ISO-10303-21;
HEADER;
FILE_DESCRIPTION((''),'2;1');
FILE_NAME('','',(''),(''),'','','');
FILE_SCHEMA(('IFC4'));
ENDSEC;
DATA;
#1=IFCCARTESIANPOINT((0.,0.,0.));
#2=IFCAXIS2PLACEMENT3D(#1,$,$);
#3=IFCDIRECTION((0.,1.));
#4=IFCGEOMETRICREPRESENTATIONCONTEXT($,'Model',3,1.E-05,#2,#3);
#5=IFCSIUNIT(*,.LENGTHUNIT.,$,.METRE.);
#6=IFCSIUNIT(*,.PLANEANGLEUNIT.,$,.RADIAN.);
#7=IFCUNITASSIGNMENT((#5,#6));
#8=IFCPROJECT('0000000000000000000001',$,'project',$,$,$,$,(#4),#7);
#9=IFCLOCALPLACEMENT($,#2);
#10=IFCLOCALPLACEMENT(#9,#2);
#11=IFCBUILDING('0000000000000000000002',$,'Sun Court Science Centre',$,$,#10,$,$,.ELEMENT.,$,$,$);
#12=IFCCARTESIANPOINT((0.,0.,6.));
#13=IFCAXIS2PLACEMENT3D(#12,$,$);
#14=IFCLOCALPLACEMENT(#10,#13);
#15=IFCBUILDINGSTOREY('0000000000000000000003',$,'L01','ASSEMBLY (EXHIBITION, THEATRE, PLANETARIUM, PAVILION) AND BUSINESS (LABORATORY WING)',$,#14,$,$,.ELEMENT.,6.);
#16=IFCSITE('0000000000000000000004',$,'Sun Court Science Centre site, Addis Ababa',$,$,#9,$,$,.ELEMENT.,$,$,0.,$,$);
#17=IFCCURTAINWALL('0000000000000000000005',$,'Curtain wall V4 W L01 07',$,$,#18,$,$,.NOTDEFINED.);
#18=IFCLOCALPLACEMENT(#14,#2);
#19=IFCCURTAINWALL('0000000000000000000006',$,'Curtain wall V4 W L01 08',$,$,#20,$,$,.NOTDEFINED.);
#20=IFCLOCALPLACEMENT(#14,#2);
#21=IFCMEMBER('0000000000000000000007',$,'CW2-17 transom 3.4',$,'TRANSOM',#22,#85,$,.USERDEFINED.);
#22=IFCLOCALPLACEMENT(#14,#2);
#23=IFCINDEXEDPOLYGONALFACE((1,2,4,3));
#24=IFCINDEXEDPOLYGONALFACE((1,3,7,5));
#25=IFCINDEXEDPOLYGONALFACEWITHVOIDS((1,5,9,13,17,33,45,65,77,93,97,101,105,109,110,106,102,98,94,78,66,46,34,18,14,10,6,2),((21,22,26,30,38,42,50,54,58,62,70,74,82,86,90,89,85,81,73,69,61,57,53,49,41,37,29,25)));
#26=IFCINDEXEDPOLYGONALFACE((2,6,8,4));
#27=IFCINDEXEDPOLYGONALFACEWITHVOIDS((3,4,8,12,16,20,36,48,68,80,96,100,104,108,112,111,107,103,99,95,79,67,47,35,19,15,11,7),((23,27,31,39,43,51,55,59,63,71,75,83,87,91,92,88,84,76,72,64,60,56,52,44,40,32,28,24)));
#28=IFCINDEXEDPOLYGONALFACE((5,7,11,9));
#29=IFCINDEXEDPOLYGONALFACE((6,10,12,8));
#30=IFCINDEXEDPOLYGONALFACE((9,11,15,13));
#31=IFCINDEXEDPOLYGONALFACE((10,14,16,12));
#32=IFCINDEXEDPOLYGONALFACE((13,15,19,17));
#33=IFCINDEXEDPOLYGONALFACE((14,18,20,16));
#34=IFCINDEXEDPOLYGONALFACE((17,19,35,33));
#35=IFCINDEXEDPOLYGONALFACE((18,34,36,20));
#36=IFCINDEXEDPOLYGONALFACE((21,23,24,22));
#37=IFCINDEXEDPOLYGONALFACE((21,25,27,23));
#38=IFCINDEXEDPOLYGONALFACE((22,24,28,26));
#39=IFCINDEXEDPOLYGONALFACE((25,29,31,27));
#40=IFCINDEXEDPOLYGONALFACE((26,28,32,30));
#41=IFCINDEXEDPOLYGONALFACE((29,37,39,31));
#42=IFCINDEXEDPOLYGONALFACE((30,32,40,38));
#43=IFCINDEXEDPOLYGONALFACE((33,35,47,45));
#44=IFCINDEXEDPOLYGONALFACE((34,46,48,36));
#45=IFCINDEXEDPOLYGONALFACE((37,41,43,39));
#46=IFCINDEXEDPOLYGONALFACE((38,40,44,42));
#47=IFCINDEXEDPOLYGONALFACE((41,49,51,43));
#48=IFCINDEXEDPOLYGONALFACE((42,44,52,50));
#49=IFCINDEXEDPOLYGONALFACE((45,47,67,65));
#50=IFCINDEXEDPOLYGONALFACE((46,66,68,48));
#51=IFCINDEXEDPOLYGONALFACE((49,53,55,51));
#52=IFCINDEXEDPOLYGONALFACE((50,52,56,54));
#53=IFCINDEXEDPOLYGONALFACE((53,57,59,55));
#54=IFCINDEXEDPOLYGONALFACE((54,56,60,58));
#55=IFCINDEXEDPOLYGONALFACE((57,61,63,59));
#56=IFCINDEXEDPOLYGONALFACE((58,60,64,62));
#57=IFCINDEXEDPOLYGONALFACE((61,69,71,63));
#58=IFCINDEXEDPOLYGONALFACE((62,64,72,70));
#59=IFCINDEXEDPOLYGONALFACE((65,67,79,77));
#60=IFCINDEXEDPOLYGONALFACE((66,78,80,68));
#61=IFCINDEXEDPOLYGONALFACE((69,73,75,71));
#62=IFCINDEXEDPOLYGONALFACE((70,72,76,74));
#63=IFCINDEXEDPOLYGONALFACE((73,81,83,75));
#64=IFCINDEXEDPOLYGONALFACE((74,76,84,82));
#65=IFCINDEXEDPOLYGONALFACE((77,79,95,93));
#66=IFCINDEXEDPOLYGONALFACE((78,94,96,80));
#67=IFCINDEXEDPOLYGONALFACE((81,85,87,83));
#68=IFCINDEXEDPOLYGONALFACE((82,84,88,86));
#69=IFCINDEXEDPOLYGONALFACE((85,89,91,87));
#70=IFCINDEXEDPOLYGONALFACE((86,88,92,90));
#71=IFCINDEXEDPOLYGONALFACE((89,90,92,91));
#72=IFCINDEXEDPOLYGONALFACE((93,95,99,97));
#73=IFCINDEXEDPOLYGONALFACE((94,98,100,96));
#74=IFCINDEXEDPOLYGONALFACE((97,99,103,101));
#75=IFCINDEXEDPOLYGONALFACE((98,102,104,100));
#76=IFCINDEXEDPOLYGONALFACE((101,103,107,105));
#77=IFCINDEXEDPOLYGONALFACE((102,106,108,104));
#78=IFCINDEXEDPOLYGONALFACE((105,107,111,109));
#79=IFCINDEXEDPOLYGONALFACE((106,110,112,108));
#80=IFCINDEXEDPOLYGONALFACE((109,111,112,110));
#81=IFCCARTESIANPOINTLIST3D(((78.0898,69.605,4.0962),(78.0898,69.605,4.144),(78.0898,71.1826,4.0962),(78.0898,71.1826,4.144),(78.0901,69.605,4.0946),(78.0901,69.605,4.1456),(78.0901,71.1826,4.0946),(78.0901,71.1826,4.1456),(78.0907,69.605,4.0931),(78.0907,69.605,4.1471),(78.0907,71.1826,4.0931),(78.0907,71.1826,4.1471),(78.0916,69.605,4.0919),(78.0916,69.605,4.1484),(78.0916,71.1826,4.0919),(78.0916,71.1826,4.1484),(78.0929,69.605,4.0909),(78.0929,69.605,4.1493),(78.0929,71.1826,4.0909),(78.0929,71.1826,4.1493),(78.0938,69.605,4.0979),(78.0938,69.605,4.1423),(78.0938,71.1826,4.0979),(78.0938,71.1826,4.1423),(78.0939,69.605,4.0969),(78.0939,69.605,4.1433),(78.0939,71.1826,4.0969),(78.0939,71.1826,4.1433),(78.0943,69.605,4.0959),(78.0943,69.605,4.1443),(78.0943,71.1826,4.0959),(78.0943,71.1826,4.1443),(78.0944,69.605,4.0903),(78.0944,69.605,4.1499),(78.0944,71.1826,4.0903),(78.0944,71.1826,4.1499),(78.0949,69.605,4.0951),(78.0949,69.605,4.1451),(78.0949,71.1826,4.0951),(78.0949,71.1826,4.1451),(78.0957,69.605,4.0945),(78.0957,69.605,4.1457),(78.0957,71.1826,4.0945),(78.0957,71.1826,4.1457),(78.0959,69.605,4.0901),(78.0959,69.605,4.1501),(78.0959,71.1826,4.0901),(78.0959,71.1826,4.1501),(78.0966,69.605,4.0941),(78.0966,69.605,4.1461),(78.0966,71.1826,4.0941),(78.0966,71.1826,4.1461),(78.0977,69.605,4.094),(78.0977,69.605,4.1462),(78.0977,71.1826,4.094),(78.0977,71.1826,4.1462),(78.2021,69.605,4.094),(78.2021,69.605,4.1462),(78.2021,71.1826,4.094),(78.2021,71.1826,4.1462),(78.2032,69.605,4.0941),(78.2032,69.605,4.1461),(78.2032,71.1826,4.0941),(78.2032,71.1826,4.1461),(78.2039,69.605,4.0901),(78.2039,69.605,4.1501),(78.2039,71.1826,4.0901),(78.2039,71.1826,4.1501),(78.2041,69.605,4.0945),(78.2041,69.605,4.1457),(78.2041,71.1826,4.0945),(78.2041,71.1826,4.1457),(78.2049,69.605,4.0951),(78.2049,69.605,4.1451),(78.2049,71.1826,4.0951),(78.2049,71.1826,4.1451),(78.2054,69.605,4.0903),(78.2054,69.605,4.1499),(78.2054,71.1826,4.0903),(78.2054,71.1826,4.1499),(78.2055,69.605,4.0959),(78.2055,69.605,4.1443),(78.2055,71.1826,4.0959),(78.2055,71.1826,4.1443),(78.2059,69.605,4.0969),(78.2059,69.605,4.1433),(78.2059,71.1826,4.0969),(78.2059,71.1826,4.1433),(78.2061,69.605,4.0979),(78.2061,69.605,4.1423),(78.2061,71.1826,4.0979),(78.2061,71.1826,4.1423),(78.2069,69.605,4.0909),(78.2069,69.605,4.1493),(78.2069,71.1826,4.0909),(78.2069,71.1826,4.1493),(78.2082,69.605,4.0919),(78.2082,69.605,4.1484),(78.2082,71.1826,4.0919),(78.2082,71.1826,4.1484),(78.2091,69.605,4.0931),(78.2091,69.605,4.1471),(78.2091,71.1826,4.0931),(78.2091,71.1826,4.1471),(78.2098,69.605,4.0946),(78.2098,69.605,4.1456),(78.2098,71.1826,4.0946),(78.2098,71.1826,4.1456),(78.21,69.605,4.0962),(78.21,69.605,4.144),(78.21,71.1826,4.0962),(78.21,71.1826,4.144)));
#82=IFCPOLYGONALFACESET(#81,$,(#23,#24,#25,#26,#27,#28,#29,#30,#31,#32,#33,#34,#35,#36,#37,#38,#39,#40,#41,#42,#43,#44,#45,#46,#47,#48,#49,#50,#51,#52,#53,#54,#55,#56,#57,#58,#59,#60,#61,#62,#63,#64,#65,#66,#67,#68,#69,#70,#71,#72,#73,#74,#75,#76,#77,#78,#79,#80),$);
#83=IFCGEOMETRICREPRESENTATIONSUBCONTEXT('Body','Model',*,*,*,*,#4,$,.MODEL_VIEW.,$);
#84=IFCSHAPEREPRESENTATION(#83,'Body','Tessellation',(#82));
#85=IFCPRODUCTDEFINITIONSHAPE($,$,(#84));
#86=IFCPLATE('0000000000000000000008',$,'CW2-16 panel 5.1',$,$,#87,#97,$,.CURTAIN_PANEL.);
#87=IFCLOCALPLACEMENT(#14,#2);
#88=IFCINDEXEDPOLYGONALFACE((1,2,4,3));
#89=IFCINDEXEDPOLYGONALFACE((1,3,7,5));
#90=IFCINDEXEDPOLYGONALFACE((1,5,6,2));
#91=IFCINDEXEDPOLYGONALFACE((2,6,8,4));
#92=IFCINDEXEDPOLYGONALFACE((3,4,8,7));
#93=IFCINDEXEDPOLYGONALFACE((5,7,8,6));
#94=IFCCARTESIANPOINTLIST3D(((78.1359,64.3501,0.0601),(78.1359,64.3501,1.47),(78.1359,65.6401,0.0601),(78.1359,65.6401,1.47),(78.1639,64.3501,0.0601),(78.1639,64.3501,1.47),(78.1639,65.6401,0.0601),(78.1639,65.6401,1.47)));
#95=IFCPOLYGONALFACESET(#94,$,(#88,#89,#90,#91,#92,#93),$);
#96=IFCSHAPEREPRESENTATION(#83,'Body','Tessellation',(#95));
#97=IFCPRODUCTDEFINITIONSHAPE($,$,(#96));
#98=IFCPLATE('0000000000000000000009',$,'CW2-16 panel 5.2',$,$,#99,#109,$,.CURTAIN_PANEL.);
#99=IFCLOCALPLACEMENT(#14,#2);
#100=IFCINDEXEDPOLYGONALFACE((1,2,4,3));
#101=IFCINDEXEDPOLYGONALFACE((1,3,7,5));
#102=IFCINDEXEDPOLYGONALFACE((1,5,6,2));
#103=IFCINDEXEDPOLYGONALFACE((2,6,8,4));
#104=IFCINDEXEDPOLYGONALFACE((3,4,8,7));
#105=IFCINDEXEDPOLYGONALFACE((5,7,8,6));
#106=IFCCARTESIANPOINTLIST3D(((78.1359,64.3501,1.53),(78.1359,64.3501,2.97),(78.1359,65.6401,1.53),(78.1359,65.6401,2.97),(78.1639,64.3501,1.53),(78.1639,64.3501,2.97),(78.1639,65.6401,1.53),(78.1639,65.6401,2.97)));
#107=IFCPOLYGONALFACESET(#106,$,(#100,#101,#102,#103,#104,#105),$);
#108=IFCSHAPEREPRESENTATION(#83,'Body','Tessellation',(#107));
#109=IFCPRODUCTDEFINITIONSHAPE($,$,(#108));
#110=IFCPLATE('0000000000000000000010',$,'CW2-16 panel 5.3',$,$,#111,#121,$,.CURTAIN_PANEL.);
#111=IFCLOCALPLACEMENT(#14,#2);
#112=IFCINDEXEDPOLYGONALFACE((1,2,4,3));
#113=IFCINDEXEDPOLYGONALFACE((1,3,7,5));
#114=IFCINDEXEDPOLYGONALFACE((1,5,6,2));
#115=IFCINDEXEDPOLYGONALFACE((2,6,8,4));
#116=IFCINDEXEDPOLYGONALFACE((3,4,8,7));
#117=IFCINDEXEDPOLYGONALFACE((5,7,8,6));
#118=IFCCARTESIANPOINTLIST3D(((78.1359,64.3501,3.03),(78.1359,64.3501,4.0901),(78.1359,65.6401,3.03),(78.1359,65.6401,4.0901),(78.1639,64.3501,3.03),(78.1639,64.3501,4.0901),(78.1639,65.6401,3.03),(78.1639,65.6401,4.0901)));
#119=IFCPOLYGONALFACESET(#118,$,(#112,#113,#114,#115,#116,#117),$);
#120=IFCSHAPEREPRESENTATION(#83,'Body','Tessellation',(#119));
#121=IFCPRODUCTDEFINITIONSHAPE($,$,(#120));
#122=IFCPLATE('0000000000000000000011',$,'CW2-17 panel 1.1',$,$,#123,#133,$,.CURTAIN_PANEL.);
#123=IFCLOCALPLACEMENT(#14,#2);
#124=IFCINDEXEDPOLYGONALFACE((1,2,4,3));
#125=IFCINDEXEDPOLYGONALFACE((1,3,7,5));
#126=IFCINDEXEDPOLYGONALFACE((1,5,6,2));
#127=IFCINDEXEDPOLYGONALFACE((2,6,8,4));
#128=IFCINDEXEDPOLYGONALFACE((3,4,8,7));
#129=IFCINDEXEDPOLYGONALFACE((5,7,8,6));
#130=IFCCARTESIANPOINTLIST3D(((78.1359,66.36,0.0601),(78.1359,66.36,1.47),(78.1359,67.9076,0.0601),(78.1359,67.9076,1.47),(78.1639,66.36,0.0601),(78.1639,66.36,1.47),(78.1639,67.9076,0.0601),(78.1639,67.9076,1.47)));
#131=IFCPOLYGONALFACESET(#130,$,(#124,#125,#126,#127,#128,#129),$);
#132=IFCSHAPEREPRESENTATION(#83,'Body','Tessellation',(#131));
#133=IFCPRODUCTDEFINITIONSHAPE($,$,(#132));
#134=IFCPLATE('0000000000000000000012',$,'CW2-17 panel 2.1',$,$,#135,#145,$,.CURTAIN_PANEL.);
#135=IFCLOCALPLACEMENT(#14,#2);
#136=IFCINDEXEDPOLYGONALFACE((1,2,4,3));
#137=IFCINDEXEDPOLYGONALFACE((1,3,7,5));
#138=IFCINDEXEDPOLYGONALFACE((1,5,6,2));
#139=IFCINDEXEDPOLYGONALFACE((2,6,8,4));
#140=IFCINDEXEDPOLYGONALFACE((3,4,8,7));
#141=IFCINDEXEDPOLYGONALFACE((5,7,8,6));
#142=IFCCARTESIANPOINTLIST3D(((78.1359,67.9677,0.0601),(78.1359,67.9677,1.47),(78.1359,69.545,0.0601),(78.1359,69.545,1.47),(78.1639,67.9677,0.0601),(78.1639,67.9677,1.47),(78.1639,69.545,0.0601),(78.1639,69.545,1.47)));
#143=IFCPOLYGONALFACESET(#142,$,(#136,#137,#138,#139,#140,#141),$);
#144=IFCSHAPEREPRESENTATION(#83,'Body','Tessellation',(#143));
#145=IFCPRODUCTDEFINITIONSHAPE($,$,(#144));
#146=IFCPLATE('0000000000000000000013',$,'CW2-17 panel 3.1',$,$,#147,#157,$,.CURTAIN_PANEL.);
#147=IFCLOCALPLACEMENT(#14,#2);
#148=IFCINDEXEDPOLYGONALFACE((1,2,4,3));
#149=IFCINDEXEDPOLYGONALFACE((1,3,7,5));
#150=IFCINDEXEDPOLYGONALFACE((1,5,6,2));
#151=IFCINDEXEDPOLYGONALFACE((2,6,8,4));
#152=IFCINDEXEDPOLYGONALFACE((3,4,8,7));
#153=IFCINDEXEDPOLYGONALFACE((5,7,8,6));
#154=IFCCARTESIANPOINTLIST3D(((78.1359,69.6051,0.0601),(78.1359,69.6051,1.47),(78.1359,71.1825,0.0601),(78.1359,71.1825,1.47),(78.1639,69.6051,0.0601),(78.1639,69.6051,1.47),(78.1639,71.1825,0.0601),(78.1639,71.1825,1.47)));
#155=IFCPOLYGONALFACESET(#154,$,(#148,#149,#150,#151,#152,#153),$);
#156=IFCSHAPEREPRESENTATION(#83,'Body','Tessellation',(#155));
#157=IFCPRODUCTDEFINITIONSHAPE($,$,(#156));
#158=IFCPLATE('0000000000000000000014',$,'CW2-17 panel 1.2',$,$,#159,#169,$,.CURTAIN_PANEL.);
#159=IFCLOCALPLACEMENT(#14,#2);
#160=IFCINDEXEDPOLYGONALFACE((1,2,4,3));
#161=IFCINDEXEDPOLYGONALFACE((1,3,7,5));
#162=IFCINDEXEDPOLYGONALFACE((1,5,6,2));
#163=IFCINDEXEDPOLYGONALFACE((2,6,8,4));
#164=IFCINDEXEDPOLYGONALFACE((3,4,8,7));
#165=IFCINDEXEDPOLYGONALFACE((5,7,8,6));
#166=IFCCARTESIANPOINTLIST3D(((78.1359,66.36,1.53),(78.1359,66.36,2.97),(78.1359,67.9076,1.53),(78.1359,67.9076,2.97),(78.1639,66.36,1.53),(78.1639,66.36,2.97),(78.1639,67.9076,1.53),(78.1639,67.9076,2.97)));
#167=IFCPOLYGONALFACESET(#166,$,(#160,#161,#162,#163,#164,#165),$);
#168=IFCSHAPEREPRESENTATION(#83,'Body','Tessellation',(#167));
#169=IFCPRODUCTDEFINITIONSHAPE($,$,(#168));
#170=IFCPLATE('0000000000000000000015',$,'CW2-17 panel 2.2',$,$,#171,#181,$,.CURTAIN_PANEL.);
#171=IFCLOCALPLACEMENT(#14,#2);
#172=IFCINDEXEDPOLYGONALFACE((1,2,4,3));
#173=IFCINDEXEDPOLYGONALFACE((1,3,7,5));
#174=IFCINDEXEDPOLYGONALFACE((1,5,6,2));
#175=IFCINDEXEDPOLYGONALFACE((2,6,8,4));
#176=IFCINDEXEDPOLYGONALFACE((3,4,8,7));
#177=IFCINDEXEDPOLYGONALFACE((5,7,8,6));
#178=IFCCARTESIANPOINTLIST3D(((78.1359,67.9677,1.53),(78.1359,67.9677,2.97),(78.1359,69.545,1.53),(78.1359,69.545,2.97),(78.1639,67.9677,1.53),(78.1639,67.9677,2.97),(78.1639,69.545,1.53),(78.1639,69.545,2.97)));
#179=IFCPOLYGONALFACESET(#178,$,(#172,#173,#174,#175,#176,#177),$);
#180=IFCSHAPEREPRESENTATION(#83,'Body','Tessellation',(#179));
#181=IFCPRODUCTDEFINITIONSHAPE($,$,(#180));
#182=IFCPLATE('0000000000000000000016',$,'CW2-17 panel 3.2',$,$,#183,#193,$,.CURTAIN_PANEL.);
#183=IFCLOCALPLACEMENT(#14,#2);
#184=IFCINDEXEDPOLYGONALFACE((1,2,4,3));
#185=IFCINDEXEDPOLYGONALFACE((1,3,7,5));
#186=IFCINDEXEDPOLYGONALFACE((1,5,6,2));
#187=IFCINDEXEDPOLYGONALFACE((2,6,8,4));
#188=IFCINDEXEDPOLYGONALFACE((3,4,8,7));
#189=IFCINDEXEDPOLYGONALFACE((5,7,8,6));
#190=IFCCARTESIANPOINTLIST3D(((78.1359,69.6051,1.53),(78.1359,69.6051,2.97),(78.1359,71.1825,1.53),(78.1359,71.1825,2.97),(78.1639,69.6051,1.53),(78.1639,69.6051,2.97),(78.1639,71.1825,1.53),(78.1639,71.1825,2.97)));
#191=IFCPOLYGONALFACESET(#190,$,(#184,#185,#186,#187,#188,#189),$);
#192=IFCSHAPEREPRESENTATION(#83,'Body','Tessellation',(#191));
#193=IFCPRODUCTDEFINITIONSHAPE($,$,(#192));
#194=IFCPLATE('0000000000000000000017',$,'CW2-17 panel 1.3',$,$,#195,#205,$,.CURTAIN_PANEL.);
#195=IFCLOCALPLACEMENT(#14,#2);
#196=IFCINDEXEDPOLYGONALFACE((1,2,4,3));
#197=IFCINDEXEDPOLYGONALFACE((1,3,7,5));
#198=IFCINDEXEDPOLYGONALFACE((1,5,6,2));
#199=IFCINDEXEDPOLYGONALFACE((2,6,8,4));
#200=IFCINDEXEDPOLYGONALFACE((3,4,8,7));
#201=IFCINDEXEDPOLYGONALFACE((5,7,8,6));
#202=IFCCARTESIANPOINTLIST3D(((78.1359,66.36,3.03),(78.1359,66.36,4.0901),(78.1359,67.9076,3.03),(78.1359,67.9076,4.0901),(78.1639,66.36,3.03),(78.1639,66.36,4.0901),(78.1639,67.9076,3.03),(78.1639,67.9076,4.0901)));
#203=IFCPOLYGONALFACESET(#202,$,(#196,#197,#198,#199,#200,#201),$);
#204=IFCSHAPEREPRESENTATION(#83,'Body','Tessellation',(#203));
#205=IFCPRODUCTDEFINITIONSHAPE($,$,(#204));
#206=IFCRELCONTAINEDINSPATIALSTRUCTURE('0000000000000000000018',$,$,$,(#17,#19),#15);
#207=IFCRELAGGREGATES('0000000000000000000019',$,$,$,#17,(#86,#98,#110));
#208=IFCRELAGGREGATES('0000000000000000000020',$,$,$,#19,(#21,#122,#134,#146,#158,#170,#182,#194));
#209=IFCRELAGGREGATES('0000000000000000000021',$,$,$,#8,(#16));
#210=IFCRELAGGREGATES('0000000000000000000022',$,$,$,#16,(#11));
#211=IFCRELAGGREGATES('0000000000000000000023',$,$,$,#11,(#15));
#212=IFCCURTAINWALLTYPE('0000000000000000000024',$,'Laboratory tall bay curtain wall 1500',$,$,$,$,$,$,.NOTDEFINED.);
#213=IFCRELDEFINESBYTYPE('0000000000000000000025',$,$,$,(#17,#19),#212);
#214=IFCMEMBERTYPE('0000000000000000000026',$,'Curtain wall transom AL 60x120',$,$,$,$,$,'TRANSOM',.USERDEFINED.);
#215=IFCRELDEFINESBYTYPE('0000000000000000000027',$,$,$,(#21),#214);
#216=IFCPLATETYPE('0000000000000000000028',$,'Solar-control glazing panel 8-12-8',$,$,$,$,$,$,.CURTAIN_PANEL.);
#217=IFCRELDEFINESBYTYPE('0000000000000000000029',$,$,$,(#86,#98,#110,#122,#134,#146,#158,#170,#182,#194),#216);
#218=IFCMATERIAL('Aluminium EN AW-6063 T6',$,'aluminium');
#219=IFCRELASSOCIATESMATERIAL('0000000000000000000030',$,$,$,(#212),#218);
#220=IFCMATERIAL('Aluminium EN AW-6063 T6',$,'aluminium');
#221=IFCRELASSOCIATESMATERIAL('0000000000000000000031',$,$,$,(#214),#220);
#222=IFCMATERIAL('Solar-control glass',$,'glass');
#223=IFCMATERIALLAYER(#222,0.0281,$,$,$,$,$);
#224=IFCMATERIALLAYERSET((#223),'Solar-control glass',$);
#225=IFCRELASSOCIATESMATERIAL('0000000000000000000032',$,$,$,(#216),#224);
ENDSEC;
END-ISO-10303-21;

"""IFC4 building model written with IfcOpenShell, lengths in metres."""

from ifc_helpers import new_model, si_unit, direction, frame, origin, origin_2d, place, context, subcontext, project, spatial, rectangle, hollow_rectangle, extrude, material, layer, layer_set, material_profile, profile_set, type_object, element, aggregate, save


model = new_model("IFC4")

# Units and contexts
model_context = context("Model", 3, precision=1e-05, world=origin(), true_north=direction((0.0, 1.0)))
body_context = subcontext(model_context, "Body", "Model", "MODEL_VIEW")
ifc_project = project(units=[si_unit("LENGTHUNIT", "METRE"), si_unit("PLANEANGLEUNIT", "RADIAN")], contexts=[model_context])

# Site, building, storey
site_placement = place(None, origin())
site = spatial("IfcSite", under=ifc_project, at=site_placement, Name="Sun Court Science Centre site, Addis Ababa", CompositionType="ELEMENT", RefElevation=0.0)
building_placement = place(site_placement, origin())
building = spatial("IfcBuilding", under=site, at=building_placement, Name="Sun Court Science Centre", CompositionType="ELEMENT")
storey_placement = place(building_placement, frame((0.0, 0.0, 6.0)))
storey = spatial("IfcBuildingStorey", under=building, at=storey_placement, Name="L01", Description="ASSEMBLY (EXHIBITION, THEATRE, PLANETARIUM, PAVILION) AND BUSINESS (LABORATORY WING)", CompositionType="ELEMENT", Elevation=6.0)

# Curtain wall
ifc_material_1 = material(Name="Aluminium EN AW-6063 T6", Category="aluminium")
curtain_wall_type = type_object("IfcCurtainWallType", Name="Laboratory tall bay curtain wall 1500", PredefinedType="NOTDEFINED", material=ifc_material_1)
curtain_wall_1_placement = place(storey_placement, origin())
curtain_wall_1 = element("IfcCurtainWall", 1, at=curtain_wall_1_placement, inside=storey, type_object=curtain_wall_type, Name="Curtain wall V4 W L01 07", PredefinedType="NOTDEFINED")

# Curtain wall
curtain_wall_2_placement = place(storey_placement, origin())
curtain_wall_2 = element("IfcCurtainWall", 2, at=curtain_wall_2_placement, inside=storey, type_object=curtain_wall_type, Name="Curtain wall V4 W L01 08", PredefinedType="NOTDEFINED")

# Member
ifc_material_2 = material(Name="Aluminium EN AW-6063 T6", Category="aluminium")
ifc_material_profile_1 = material_profile(ifc_material_2, hollow_rectangle(XDim=0.0601, YDim=0.1201, WallThickness=0.0039, InnerFilletRadius=0.0039, OuterFilletRadius=0.0061, at=origin_2d()), Name="AL 60x120x4")
ifc_profile_set_1 = profile_set([ifc_material_profile_1], Name="Aluminium EN AW-6063 T6")
member_type_1 = type_object("IfcMemberType", Name="Curtain wall transom AL 60x120", ElementType="TRANSOM", PredefinedType="USERDEFINED", material=ifc_profile_set_1)
member_1_placement = place(storey_placement, frame((78.1499, 69.605, 4.1201), z_axis=(0.0, 1.0, 0.0), x_axis=(0.0, 0.0, 1.0)))
member_1 = element("IfcMember", 3, at=member_1_placement, type_object=member_type_1, Name="CW2-17 transom 3.4", ObjectType="TRANSOM", PredefinedType="USERDEFINED", context=body_context, shape_type="SweptSolid", body=[
    extrude(hollow_rectangle(XDim=0.0601, YDim=0.1201, WallThickness=0.0039, InnerFilletRadius=0.0039, OuterFilletRadius=0.0061, at=origin_2d()), origin(), (0.0, 0.0, 1.0), 1.5776),
])

# Plates
ifc_material_3 = material(Name="Solar-control glass", Category="glass")
ifc_layer_1 = layer(ifc_material_3, 0.0281)
ifc_layer_set_1 = layer_set([ifc_layer_1], Name="Solar-control glass")
plate_type = type_object("IfcPlateType", Name="Solar-control glazing panel 8-12-8", PredefinedType="CURTAIN_PANEL", material=ifc_layer_set_1)
plate_1_placement = place(storey_placement, frame((78.1499, 64.9951, 0.0601), z_axis=(0.0, 0.0, 1.0), x_axis=(0.0, 1.0, 0.0)))
plate_1 = element("IfcPlate", 4, at=plate_1_placement, type_object=plate_type, Name="CW2-16 panel 5.1", PredefinedType="CURTAIN_PANEL", context=body_context, shape_type="SweptSolid", body=[
    extrude(rectangle(XDim=1.29, YDim=0.0281, at=origin_2d()), origin(), (0.0, 0.0, 1.0), 1.4099),
])
plate_2_placement = place(storey_placement, frame((78.1499, 64.9951, 1.53), z_axis=(0.0, 0.0, 1.0), x_axis=(0.0, 1.0, 0.0)))
plate_2 = element("IfcPlate", 5, at=plate_2_placement, type_object=plate_type, Name="CW2-16 panel 5.2", PredefinedType="CURTAIN_PANEL", context=body_context, shape_type="SweptSolid", body=[
    extrude(rectangle(XDim=1.29, YDim=0.0281, at=origin_2d()), origin(), (0.0, 0.0, 1.0), 1.4399),
])
plate_3_placement = place(storey_placement, frame((78.1499, 64.9951, 3.03), z_axis=(0.0, 0.0, 1.0), x_axis=(0.0, 1.0, 0.0)))
plate_3 = element("IfcPlate", 6, at=plate_3_placement, type_object=plate_type, Name="CW2-16 panel 5.3", PredefinedType="CURTAIN_PANEL", context=body_context, shape_type="SweptSolid", body=[
    extrude(rectangle(XDim=1.29, YDim=0.0281, at=origin_2d()), origin(), (0.0, 0.0, 1.0), 1.0601),
])
aggregate(curtain_wall_1, [plate_1, plate_2, plate_3])
plate_4_placement = place(storey_placement, frame((78.1499, 67.1338, 0.0601), z_axis=(0.0, 0.0, 1.0), x_axis=(0.0, 1.0, 0.0)))
plate_4 = element("IfcPlate", 7, at=plate_4_placement, type_object=plate_type, Name="CW2-17 panel 1.1", PredefinedType="CURTAIN_PANEL", context=body_context, shape_type="SweptSolid", body=[
    extrude(rectangle(XDim=1.5476, YDim=0.0281, at=origin_2d()), origin(), (0.0, 0.0, 1.0), 1.4099),
])
plate_5_placement = place(storey_placement, frame((78.1499, 68.7563, 0.0601), z_axis=(0.0, 0.0, 1.0), x_axis=(0.0, 1.0, 0.0)))
plate_5 = element("IfcPlate", 8, at=plate_5_placement, type_object=plate_type, Name="CW2-17 panel 2.1", PredefinedType="CURTAIN_PANEL", context=body_context, shape_type="SweptSolid", body=[
    extrude(rectangle(XDim=1.5774, YDim=0.0281, at=origin_2d()), origin(), (0.0, 0.0, 1.0), 1.4099),
])
plate_6_placement = place(storey_placement, frame((78.1499, 70.3938, 0.0601), z_axis=(0.0, 0.0, 1.0), x_axis=(0.0, 1.0, 0.0)))
plate_6 = element("IfcPlate", 9, at=plate_6_placement, type_object=plate_type, Name="CW2-17 panel 3.1", PredefinedType="CURTAIN_PANEL", context=body_context, shape_type="SweptSolid", body=[
    extrude(rectangle(XDim=1.5774, YDim=0.0281, at=origin_2d()), origin(), (0.0, 0.0, 1.0), 1.4099),
])
plate_7_placement = place(storey_placement, frame((78.1499, 67.1338, 1.53), z_axis=(0.0, 0.0, 1.0), x_axis=(0.0, 1.0, 0.0)))
plate_7 = element("IfcPlate", 10, at=plate_7_placement, type_object=plate_type, Name="CW2-17 panel 1.2", PredefinedType="CURTAIN_PANEL", context=body_context, shape_type="SweptSolid", body=[
    extrude(rectangle(XDim=1.5476, YDim=0.0281, at=origin_2d()), origin(), (0.0, 0.0, 1.0), 1.4399),
])
plate_8_placement = place(storey_placement, frame((78.1499, 68.7563, 1.53), z_axis=(0.0, 0.0, 1.0), x_axis=(0.0, 1.0, 0.0)))
plate_8 = element("IfcPlate", 11, at=plate_8_placement, type_object=plate_type, Name="CW2-17 panel 2.2", PredefinedType="CURTAIN_PANEL", context=body_context, shape_type="SweptSolid", body=[
    extrude(rectangle(XDim=1.5774, YDim=0.0281, at=origin_2d()), origin(), (0.0, 0.0, 1.0), 1.4399),
])
plate_9_placement = place(storey_placement, frame((78.1499, 70.3938, 1.53), z_axis=(0.0, 0.0, 1.0), x_axis=(0.0, 1.0, 0.0)))
plate_9 = element("IfcPlate", 12, at=plate_9_placement, type_object=plate_type, Name="CW2-17 panel 3.2", PredefinedType="CURTAIN_PANEL", context=body_context, shape_type="SweptSolid", body=[
    extrude(rectangle(XDim=1.5774, YDim=0.0281, at=origin_2d()), origin(), (0.0, 0.0, 1.0), 1.4399),
])
plate_10_placement = place(storey_placement, frame((78.1499, 67.1338, 3.03), z_axis=(0.0, 0.0, 1.0), x_axis=(0.0, 1.0, 0.0)))
plate_10 = element("IfcPlate", 13, at=plate_10_placement, type_object=plate_type, Name="CW2-17 panel 1.3", PredefinedType="CURTAIN_PANEL", context=body_context, shape_type="SweptSolid", body=[
    extrude(rectangle(XDim=1.5476, YDim=0.0281, at=origin_2d()), origin(), (0.0, 0.0, 1.0), 1.0601),
])
aggregate(curtain_wall_2, [member_1, plate_4, plate_5, plate_6, plate_7, plate_8, plate_9, plate_10])

save(model, "model.ifc")
